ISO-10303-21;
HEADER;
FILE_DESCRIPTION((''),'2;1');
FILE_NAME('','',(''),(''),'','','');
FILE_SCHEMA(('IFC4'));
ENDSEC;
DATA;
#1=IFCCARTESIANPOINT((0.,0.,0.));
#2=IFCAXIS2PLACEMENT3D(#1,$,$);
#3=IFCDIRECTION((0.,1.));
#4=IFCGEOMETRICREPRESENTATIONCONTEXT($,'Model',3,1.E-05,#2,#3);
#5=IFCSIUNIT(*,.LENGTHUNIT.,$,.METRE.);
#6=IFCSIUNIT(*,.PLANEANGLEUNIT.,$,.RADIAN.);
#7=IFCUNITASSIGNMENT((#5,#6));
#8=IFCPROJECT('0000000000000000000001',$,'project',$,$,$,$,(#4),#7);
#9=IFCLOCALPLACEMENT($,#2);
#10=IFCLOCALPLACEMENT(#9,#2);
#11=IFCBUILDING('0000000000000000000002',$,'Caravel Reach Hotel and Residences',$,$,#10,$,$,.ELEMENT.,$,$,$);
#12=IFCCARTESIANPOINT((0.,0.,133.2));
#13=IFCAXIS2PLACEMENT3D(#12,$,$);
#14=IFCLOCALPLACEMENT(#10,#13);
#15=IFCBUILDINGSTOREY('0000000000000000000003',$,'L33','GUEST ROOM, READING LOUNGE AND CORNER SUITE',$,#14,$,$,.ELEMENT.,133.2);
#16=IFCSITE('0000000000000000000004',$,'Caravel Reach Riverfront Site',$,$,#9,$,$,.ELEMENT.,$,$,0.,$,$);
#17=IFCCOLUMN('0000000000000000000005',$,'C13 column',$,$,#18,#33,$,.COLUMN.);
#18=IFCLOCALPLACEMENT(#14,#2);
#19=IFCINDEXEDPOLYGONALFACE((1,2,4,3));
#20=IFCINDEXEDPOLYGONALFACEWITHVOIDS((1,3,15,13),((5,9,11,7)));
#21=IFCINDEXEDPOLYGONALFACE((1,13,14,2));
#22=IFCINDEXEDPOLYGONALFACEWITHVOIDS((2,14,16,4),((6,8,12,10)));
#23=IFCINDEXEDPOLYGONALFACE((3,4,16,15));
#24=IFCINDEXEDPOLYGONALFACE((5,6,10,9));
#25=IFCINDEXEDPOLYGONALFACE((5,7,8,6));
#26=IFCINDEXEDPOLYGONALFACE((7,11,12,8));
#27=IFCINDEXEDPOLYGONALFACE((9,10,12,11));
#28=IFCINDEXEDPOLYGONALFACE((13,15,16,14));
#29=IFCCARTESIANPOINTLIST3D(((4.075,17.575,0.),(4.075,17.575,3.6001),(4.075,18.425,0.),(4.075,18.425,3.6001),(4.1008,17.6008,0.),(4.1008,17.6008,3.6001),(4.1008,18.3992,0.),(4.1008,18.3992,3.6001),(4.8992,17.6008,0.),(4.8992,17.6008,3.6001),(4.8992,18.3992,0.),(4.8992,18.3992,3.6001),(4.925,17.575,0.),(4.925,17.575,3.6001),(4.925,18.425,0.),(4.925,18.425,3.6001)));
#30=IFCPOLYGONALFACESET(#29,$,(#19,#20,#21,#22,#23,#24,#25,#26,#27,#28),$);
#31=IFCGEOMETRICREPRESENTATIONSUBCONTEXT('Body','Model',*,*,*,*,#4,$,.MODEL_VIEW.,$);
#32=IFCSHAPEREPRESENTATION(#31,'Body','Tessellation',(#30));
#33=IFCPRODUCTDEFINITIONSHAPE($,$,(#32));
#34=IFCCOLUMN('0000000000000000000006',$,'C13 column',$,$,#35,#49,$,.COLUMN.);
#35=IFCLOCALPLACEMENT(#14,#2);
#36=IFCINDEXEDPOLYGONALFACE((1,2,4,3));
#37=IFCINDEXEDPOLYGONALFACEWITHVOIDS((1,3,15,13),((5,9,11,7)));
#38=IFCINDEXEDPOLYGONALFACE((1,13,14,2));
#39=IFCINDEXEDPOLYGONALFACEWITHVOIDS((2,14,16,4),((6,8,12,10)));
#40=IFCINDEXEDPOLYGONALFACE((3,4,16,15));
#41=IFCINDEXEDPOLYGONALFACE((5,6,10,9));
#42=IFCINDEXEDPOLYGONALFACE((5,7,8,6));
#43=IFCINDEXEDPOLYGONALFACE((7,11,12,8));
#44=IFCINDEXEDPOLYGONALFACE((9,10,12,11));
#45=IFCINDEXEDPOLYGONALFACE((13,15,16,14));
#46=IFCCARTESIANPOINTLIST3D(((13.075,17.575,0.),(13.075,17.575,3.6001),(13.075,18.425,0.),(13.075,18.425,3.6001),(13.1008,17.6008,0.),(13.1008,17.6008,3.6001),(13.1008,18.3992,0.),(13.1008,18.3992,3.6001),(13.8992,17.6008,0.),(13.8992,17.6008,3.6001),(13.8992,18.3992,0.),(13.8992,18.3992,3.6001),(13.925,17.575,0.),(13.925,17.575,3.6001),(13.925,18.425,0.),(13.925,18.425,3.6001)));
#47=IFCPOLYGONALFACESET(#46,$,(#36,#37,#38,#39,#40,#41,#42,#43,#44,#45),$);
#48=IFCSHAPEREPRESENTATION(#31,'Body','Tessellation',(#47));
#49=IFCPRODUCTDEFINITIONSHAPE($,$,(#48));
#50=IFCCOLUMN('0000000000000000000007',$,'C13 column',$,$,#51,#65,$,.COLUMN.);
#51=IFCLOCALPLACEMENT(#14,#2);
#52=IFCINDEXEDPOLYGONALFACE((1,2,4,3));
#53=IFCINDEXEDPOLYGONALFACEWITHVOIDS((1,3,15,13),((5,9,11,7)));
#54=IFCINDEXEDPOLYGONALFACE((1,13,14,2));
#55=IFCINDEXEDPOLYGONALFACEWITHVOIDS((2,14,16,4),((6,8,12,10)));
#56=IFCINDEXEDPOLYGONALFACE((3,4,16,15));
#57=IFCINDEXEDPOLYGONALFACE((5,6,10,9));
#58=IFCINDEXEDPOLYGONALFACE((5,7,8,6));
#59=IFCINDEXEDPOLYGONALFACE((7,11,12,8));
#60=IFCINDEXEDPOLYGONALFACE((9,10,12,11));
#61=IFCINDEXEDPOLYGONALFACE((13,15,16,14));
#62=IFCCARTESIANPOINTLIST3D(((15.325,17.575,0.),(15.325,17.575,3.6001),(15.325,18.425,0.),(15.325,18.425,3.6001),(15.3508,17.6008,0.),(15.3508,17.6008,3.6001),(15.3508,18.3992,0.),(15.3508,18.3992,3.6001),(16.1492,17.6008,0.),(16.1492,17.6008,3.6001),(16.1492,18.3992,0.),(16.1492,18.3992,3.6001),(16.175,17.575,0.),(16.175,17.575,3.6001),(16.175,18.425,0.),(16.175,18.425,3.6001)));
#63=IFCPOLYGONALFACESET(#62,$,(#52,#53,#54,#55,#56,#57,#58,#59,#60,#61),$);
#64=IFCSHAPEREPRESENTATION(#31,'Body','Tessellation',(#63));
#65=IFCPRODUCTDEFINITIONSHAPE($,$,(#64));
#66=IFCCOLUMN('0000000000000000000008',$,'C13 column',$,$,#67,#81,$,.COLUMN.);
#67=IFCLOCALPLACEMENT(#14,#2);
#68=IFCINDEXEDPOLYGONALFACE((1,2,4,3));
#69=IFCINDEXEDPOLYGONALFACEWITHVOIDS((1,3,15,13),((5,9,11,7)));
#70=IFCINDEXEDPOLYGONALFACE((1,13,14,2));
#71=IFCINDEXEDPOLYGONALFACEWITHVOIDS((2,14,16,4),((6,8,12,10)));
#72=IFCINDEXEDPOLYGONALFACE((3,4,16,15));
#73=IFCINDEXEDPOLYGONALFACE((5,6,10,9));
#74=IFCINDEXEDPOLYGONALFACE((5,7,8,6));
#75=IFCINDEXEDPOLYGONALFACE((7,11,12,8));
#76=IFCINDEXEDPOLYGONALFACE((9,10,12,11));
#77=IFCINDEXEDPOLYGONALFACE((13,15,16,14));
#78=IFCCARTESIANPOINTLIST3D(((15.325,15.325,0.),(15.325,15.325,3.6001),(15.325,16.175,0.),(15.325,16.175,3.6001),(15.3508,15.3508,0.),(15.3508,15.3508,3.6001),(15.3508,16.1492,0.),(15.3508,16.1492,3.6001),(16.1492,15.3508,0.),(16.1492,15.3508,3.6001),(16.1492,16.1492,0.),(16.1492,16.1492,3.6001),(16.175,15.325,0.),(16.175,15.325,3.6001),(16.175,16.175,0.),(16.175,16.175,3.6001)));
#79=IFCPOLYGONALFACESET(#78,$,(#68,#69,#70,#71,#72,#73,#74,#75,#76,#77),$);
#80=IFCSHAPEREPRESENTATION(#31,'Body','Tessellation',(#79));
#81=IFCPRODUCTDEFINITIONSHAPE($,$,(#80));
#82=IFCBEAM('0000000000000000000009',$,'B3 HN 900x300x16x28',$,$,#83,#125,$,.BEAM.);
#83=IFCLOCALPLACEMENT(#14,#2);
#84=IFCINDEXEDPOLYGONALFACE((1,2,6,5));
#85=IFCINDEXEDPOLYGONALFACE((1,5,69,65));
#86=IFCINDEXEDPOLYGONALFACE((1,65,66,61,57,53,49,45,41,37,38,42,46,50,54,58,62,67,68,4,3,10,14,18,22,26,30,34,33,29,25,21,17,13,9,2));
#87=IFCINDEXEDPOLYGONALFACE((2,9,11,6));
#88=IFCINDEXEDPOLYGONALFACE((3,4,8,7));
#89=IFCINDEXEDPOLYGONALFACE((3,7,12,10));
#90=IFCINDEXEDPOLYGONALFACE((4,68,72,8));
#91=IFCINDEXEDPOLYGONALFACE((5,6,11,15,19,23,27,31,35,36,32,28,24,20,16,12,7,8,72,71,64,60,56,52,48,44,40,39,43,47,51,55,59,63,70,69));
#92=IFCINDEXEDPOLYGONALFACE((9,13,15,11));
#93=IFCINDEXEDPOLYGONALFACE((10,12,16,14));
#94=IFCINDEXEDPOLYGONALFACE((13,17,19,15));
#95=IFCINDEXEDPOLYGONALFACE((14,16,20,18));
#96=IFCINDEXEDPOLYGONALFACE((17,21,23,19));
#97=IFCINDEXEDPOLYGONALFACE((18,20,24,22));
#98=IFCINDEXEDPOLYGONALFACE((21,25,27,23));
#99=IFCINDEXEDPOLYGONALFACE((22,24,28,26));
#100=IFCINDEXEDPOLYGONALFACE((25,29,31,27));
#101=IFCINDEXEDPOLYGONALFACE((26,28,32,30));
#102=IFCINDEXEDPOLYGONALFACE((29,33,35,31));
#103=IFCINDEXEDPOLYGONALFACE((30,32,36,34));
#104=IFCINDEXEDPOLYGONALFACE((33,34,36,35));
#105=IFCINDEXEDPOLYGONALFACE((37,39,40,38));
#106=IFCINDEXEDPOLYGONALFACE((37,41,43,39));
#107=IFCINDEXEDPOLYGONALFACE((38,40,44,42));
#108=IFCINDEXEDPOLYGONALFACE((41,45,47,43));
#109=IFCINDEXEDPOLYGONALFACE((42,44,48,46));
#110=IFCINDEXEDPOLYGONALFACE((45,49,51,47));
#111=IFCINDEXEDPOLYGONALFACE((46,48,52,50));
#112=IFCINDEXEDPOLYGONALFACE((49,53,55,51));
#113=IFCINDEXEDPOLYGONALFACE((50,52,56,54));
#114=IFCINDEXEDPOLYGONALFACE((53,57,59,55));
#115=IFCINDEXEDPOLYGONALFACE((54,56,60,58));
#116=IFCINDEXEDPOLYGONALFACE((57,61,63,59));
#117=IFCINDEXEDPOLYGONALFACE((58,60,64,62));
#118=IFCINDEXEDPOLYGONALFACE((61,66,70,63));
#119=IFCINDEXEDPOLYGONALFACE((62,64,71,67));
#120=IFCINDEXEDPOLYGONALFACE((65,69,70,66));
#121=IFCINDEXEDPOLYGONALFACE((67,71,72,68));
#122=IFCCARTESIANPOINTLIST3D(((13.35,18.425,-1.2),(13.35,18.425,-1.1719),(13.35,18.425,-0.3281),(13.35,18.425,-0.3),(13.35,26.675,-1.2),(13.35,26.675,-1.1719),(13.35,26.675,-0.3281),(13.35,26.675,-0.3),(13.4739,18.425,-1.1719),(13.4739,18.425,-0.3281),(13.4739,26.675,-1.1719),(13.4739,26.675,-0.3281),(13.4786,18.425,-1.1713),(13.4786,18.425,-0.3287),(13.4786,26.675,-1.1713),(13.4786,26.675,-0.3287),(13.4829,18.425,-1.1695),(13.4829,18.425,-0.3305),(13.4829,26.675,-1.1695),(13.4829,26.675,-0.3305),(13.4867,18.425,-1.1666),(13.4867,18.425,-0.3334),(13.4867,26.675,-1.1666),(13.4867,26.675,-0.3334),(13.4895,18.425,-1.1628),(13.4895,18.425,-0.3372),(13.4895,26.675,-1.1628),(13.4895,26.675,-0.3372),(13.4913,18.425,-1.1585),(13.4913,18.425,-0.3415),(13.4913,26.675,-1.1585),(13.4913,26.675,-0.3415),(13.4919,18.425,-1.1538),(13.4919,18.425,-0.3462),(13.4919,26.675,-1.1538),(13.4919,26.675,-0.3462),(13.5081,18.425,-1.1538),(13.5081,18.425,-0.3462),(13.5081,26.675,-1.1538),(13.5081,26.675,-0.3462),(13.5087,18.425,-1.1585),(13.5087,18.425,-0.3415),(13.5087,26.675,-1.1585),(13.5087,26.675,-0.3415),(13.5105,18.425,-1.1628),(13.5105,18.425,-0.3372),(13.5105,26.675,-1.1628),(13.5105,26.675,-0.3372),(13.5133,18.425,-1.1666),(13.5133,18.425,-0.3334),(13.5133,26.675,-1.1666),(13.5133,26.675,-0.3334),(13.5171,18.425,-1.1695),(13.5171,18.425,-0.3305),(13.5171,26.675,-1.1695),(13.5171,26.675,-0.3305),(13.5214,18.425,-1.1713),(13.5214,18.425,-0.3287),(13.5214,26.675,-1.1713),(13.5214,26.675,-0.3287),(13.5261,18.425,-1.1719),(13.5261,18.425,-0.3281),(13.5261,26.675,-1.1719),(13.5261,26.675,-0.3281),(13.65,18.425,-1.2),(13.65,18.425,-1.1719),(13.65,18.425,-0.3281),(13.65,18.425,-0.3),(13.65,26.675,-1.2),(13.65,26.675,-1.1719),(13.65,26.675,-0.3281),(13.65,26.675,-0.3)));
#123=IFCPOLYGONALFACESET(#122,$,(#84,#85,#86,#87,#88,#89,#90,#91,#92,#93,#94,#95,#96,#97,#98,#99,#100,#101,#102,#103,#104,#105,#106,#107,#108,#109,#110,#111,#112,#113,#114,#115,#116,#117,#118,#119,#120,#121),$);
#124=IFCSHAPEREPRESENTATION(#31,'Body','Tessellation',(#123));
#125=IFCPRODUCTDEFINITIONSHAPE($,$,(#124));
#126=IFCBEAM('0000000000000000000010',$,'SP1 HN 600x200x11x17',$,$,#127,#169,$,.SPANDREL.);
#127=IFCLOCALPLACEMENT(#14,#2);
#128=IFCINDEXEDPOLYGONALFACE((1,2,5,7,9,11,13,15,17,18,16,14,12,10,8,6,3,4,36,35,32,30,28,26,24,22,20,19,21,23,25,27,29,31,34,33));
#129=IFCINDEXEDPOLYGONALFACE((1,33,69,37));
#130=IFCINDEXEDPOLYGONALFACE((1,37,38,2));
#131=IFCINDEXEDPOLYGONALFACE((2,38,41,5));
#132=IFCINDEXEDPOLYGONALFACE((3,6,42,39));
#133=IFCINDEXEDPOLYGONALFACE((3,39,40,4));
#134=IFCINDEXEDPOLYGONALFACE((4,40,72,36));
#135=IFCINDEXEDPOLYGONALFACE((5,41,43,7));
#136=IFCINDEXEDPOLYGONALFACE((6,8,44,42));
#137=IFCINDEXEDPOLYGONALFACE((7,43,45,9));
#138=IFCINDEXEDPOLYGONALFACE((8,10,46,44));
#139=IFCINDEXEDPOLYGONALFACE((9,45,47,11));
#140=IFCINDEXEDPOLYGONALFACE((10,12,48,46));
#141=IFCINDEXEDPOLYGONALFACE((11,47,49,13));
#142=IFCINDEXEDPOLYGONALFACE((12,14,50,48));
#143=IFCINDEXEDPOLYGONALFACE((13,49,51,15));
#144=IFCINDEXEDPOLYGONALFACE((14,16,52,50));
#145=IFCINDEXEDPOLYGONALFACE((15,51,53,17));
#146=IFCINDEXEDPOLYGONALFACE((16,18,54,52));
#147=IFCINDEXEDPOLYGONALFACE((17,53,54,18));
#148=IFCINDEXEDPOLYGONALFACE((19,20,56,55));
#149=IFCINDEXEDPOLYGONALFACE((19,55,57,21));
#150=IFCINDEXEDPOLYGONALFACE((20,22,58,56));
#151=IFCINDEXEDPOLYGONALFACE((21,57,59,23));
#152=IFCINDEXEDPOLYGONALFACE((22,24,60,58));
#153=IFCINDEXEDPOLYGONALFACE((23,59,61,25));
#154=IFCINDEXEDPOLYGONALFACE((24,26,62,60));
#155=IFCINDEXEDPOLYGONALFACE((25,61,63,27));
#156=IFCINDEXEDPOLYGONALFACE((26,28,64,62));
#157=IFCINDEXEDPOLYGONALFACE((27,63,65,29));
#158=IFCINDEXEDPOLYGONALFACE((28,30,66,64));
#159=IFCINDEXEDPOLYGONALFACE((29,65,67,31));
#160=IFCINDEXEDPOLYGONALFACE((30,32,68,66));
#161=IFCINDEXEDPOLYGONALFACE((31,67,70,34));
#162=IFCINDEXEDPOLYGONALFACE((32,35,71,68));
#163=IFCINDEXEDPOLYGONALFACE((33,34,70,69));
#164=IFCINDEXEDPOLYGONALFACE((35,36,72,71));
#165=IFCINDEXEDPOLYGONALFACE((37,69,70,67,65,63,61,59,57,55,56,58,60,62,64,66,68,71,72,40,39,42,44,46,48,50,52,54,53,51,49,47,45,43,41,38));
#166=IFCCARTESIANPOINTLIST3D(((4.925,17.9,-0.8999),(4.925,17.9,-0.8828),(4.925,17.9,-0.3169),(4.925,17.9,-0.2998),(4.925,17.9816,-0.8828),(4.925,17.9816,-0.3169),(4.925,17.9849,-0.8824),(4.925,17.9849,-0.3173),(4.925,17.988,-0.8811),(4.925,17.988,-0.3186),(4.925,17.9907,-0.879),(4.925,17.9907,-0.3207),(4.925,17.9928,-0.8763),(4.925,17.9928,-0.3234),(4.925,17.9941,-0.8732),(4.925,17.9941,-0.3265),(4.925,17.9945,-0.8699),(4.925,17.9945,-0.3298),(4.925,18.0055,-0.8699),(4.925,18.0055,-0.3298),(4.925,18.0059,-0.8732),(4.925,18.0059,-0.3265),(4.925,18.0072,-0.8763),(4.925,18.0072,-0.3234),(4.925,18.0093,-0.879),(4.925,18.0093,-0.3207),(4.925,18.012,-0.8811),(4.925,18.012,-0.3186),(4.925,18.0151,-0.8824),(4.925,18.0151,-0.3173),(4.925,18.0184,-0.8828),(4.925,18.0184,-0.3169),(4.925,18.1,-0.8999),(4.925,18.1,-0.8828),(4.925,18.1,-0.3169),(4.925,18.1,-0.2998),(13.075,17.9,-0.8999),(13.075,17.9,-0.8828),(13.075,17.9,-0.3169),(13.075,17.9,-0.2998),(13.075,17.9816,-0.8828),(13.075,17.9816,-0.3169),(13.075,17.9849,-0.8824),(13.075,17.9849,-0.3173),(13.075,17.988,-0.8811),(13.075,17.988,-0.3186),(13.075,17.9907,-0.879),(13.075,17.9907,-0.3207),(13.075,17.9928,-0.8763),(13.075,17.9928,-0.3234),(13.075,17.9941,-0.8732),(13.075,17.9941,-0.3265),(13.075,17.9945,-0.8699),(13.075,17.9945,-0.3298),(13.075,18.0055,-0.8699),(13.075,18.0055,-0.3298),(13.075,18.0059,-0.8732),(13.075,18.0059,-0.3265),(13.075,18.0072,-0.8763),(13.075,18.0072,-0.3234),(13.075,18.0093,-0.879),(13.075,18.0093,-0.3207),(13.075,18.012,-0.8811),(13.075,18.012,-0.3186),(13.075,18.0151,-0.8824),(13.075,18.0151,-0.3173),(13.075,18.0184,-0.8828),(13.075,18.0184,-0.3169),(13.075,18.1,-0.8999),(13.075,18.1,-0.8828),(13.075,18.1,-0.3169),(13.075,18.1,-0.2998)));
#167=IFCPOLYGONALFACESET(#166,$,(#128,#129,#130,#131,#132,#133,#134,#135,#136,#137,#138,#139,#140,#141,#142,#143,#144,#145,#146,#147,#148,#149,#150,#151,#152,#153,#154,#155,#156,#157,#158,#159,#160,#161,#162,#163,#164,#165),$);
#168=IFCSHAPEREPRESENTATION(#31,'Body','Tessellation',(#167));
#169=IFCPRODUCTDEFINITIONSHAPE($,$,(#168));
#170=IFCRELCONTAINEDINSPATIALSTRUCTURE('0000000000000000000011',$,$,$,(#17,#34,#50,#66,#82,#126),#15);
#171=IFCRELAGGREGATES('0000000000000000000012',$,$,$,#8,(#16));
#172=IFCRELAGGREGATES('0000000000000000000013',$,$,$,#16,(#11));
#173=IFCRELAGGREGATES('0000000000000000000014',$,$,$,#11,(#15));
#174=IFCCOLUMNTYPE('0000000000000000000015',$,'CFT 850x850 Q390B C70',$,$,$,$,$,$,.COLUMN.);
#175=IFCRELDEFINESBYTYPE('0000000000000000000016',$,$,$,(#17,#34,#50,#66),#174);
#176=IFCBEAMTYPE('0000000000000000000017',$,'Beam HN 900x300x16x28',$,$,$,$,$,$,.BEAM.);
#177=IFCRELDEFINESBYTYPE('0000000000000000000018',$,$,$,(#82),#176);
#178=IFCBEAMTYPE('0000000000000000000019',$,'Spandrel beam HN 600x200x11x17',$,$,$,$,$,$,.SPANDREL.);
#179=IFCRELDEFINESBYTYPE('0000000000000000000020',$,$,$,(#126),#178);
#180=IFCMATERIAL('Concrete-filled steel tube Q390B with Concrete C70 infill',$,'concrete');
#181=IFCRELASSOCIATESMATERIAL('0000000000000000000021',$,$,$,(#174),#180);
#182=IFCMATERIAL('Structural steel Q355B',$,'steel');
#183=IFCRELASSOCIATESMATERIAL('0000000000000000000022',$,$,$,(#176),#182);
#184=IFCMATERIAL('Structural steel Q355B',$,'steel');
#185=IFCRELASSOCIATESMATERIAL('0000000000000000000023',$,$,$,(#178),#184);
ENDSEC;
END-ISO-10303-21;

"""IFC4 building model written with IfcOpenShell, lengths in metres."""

from ifc_helpers import new_model, si_unit, direction, frame, origin, origin_2d, place, context, subcontext, project, spatial, hollow_rectangle, i_section, extrude, material, material_profile, profile_set, type_object, element, save


model = new_model("IFC4")

# Units and contexts
model_context = context("Model", 3, precision=1e-05, world=origin(), true_north=direction((0.0, 1.0)))
body_context = subcontext(model_context, "Body", "Model", "MODEL_VIEW")
ifc_project = project(units=[si_unit("LENGTHUNIT", "METRE"), si_unit("PLANEANGLEUNIT", "RADIAN")], contexts=[model_context])

# Site, building, storey
site_placement = place(None, origin())
site = spatial("IfcSite", under=ifc_project, at=site_placement, Name="Caravel Reach Riverfront Site", CompositionType="ELEMENT", RefElevation=0.0)
building_placement = place(site_placement, origin())
building = spatial("IfcBuilding", under=site, at=building_placement, Name="Caravel Reach Hotel and Residences", CompositionType="ELEMENT")
storey_placement = place(building_placement, frame((0.0, 0.0, 133.2)))
storey = spatial("IfcBuildingStorey", under=building, at=storey_placement, Name="L33", Description="GUEST ROOM, READING LOUNGE AND CORNER SUITE", CompositionType="ELEMENT", Elevation=133.2)

# Columns
ifc_material_1 = material(Name="Concrete-filled steel tube Q390B with Concrete C70 infill", Category="concrete")
ifc_material_profile_1 = material_profile(ifc_material_1, hollow_rectangle(XDim=0.8501, YDim=0.8501, WallThickness=0.0259, at=origin_2d()), Name="RHS 850x850x26")
ifc_profile_set_1 = profile_set([ifc_material_profile_1], Name="Concrete-filled steel tube Q390B with Concrete C70 infill")
column_type = type_object("IfcColumnType", Name="CFT 850x850 Q390B C70", PredefinedType="COLUMN", material=ifc_profile_set_1)
for number, where, z_axis, x_axis, name in (
    (1, (4.5, 18.0, 0.0), (0.0, 0.0, 1.0), (1.0, 0.0, 0.0), "C13 column"),
    (2, (13.5, 18.0, 0.0), (0.0, 0.0, 1.0), (1.0, 0.0, 0.0), "C13 column"),
    (3, (15.75, 18.0, 0.0), (0.0, 0.0, 1.0), (1.0, 0.0, 0.0), "C13 column"),
    (4, (15.75, 15.75, 0.0), (0.0, 0.0, 1.0), (1.0, 0.0, 0.0), "C13 column"),
):
    element("IfcColumn", number, at=place(storey_placement, frame(where, z_axis=z_axis, x_axis=x_axis)), inside=storey, type_object=column_type, Name=name, PredefinedType="COLUMN", context=body_context, shape_type="SweptSolid", body=[
        extrude(hollow_rectangle(XDim=0.8501, YDim=0.8501, WallThickness=0.0259, at=origin_2d()), origin(), (0.0, 0.0, 1.0), 3.6001),
    ])

# Beams
ifc_material_2 = material(Name="Structural steel Q355B", Category="steel")
ifc_material_profile_2 = material_profile(ifc_material_2, i_section(OverallWidth=0.3, OverallDepth=0.8999, WebThickness=0.0161, FlangeThickness=0.0281, FilletRadius=0.0181, at=origin_2d()), Name="HN 900x300x16x28")
ifc_profile_set_2 = profile_set([ifc_material_profile_2], Name="Structural steel Q355B")
beam_type_1 = type_object("IfcBeamType", Name="Beam HN 900x300x16x28", PredefinedType="BEAM", material=ifc_profile_set_2)
beam_1_placement = place(storey_placement, frame((13.5, 18.425, -0.75), z_axis=(0.0, 1.0, 0.0), x_axis=(-1.0, 0.0, 0.0)))
element("IfcBeam", 5, at=beam_1_placement, inside=storey, type_object=beam_type_1, Name="B3 HN 900x300x16x28", PredefinedType="BEAM", context=body_context, shape_type="SweptSolid", body=[
    extrude(i_section(OverallWidth=0.3, OverallDepth=0.8999, WebThickness=0.0161, FlangeThickness=0.0281, FilletRadius=0.0181, at=origin_2d()), origin(), (0.0, 0.0, 1.0), 8.25),
])
ifc_material_3 = material(Name="Structural steel Q355B", Category="steel")
ifc_material_profile_3 = material_profile(ifc_material_3, i_section(OverallWidth=0.2, OverallDepth=0.6001, WebThickness=0.011, FlangeThickness=0.0171, FilletRadius=0.0129, at=origin_2d()), Name="HN 600x200x11x17")
ifc_profile_set_3 = profile_set([ifc_material_profile_3], Name="Structural steel Q355B")
beam_type_2 = type_object("IfcBeamType", Name="Spandrel beam HN 600x200x11x17", PredefinedType="SPANDREL", material=ifc_profile_set_3)
beam_2_placement = place(storey_placement, frame((4.925, 18.0, -0.5999), z_axis=(1.0, 0.0, 0.0), x_axis=(0.0, 1.0, 0.0)))
element("IfcBeam", 6, at=beam_2_placement, inside=storey, type_object=beam_type_2, Name="SP1 HN 600x200x11x17", PredefinedType="SPANDREL", context=body_context, shape_type="SweptSolid", body=[
    extrude(i_section(OverallWidth=0.2, OverallDepth=0.6001, WebThickness=0.011, FlangeThickness=0.0171, FilletRadius=0.0129, at=origin_2d()), origin(), (0.0, 0.0, 1.0), 8.1499),
])

save(model, "model.ifc")
